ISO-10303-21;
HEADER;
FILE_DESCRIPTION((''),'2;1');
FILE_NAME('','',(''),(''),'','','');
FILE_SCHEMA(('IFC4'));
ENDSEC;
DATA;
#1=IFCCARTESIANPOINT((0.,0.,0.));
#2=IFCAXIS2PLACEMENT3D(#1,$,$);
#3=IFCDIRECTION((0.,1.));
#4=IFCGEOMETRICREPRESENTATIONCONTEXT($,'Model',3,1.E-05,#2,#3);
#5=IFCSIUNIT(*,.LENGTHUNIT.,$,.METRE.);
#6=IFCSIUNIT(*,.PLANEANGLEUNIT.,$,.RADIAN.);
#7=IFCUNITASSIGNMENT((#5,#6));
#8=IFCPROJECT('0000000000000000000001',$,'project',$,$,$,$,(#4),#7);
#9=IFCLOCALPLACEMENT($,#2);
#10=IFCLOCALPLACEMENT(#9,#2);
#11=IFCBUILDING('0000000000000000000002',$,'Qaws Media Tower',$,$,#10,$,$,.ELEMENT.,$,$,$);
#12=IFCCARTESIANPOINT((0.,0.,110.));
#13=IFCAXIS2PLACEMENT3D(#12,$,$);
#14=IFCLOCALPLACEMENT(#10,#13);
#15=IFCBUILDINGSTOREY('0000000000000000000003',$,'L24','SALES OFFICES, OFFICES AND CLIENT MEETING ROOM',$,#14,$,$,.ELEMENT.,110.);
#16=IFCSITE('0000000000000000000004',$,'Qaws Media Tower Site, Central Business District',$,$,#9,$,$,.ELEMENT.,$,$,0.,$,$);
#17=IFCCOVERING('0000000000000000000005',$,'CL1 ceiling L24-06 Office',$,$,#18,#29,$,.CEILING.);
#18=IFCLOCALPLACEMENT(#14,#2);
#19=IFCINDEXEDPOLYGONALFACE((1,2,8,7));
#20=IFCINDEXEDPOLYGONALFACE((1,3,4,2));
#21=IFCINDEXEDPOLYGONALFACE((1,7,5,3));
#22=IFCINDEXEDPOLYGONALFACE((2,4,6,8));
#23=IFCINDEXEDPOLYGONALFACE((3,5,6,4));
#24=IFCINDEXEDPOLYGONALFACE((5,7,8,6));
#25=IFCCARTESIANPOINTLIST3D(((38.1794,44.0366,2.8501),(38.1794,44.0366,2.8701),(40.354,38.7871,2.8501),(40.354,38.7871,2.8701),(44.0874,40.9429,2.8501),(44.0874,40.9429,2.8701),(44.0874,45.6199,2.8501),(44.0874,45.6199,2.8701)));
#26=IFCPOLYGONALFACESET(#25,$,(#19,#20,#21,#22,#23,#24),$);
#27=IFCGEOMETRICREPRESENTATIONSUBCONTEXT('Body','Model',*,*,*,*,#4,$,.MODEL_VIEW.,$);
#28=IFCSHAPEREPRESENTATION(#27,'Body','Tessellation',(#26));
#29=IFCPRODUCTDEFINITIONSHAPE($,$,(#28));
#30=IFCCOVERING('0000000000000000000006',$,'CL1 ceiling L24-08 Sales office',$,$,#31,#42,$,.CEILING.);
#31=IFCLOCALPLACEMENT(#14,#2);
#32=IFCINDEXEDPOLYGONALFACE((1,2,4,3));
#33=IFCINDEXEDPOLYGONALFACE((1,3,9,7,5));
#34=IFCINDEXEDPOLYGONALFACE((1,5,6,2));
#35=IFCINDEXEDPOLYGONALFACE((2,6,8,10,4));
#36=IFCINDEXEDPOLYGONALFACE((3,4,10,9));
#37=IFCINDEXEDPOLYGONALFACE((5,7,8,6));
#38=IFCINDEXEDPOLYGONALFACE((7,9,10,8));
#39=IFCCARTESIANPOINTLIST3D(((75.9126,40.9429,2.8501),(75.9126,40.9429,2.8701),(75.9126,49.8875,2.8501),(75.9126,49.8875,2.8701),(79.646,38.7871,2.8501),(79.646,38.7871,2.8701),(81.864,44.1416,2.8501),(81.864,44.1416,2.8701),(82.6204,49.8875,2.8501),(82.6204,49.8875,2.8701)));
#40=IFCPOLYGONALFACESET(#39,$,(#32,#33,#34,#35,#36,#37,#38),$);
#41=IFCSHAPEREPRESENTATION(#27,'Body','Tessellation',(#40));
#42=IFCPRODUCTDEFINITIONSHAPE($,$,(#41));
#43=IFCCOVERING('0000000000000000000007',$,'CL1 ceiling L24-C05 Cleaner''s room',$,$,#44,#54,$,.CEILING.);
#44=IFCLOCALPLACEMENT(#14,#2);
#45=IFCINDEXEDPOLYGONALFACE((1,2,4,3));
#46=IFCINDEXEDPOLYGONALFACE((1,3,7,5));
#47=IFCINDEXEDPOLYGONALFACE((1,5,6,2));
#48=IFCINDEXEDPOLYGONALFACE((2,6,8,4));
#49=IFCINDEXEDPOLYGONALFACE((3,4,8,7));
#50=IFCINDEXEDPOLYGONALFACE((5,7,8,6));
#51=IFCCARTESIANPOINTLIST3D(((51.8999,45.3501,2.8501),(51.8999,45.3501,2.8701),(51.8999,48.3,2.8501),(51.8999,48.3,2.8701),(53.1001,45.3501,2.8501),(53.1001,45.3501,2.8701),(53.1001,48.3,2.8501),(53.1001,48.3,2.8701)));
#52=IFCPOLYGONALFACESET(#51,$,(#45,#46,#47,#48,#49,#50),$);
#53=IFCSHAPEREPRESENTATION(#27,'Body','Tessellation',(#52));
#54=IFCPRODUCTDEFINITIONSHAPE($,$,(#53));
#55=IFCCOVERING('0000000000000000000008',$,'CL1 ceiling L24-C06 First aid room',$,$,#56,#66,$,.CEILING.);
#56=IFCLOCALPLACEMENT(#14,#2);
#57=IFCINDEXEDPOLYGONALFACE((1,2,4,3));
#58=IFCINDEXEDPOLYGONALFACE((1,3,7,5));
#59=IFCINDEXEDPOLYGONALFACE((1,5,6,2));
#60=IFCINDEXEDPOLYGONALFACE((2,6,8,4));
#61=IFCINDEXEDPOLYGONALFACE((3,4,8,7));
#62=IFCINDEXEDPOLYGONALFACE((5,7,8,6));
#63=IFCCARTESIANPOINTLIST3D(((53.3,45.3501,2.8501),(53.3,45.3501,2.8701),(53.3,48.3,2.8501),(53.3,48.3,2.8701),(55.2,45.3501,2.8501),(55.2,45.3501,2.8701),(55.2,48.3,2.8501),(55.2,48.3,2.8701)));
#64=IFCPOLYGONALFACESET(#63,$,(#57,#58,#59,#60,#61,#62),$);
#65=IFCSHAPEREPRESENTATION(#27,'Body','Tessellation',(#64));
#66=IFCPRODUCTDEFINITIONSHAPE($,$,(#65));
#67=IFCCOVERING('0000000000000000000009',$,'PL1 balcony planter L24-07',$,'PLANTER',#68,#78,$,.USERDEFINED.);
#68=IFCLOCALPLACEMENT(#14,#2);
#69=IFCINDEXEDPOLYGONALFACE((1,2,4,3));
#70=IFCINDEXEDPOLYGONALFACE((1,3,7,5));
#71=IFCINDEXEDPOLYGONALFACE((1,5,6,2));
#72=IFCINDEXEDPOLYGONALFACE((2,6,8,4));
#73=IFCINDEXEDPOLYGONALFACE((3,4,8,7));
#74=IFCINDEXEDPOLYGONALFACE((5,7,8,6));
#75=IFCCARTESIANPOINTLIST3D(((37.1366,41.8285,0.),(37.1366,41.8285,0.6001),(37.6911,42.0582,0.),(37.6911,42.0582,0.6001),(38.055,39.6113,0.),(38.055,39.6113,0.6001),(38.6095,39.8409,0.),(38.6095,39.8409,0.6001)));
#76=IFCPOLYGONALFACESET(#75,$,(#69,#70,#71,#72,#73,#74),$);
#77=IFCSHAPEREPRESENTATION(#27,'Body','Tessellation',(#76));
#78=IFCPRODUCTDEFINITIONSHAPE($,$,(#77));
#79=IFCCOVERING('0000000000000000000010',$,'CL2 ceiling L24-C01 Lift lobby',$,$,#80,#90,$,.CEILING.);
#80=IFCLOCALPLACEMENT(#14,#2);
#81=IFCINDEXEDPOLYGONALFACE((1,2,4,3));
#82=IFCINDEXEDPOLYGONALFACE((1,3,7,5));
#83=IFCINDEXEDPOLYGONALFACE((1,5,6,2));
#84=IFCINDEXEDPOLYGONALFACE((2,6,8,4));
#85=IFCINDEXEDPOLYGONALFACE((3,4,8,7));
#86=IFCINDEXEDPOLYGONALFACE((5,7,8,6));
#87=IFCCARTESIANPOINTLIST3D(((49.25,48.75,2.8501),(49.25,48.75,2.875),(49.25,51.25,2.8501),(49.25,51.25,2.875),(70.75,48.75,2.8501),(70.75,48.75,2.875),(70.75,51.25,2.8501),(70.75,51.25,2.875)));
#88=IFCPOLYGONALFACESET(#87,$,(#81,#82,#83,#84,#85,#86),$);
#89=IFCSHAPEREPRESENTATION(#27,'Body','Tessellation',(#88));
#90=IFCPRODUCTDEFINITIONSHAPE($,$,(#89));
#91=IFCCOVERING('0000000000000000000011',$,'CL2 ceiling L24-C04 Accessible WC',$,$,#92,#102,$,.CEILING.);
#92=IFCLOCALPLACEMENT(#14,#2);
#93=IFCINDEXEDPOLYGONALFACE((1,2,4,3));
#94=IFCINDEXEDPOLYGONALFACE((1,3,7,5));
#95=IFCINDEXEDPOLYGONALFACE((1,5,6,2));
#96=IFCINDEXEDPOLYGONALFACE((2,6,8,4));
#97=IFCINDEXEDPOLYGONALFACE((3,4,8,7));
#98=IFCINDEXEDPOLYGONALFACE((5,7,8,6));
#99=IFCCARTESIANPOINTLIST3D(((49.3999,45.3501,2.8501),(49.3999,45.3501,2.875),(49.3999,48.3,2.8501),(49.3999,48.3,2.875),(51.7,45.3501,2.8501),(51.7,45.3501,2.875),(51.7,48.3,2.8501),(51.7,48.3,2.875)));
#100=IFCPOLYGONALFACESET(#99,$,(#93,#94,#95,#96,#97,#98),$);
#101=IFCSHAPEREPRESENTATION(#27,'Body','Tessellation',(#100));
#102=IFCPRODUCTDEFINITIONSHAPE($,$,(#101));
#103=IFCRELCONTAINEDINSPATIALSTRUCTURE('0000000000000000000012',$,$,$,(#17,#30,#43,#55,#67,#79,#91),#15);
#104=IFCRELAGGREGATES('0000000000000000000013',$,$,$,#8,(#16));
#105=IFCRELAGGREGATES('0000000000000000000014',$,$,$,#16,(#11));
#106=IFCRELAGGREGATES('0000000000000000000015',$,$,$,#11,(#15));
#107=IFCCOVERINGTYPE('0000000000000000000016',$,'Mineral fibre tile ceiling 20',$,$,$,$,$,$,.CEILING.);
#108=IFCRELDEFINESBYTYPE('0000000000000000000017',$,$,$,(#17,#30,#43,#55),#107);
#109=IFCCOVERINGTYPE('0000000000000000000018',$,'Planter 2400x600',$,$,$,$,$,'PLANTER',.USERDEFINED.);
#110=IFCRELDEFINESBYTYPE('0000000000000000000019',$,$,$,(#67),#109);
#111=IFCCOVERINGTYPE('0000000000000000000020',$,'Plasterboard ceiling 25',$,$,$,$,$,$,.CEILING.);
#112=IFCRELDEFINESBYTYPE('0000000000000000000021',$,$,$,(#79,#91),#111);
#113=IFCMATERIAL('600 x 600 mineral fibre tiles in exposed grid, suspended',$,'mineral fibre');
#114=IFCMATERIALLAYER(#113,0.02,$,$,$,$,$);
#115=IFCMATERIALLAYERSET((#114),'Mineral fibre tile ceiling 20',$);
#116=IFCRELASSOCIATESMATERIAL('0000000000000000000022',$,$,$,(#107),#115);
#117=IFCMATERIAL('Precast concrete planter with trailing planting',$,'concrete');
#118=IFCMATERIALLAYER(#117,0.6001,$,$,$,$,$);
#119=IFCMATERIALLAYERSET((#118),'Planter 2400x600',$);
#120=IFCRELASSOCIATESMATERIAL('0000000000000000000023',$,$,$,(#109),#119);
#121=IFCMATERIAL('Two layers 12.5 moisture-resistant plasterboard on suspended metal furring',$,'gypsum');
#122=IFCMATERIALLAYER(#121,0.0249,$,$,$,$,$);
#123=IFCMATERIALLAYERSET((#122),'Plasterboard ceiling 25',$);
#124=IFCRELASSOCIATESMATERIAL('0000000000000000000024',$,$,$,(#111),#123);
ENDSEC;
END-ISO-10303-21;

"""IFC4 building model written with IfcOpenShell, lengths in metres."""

from ifc_helpers import new_model, si_unit, direction, frame, origin, origin_2d, place, context, subcontext, project, spatial, polyline, rectangle, outline, extrude, material, layer, layer_set, type_object, element, save


model = new_model("IFC4")

# Units and contexts
model_context = context("Model", 3, precision=1e-05, world=origin(), true_north=direction((0.0, 1.0)))
body_context = subcontext(model_context, "Body", "Model", "MODEL_VIEW")
ifc_project = project(units=[si_unit("LENGTHUNIT", "METRE"), si_unit("PLANEANGLEUNIT", "RADIAN")], contexts=[model_context])

# Site, building, storey
site_placement = place(None, origin())
site = spatial("IfcSite", under=ifc_project, at=site_placement, Name="Qaws Media Tower Site, Central Business District", CompositionType="ELEMENT", RefElevation=0.0)
building_placement = place(site_placement, origin())
building = spatial("IfcBuilding", under=site, at=building_placement, Name="Qaws Media Tower", CompositionType="ELEMENT")
storey_placement = place(building_placement, frame((0.0, 0.0, 110.0)))
storey = spatial("IfcBuildingStorey", under=building, at=storey_placement, Name="L24", Description="SALES OFFICES, OFFICES AND CLIENT MEETING ROOM", CompositionType="ELEMENT", Elevation=110.0)

# Coverings
ifc_material_1 = material(Name="600 x 600 mineral fibre tiles in exposed grid, suspended", Category="mineral fibre")
ifc_layer_1 = layer(ifc_material_1, 0.02)
ifc_layer_set_1 = layer_set([ifc_layer_1], Name="Mineral fibre tile ceiling 20")
covering_type_1 = type_object("IfcCoveringType", Name="Mineral fibre tile ceiling 20", PredefinedType="CEILING", material=ifc_layer_set_1)
covering_1_placement = place(storey_placement, frame((0.0, 0.0, 2.8501)))
element("IfcCovering", 1, at=covering_1_placement, inside=storey, type_object=covering_type_1, Name="CL1 ceiling L24-06 Office", PredefinedType="CEILING", context=body_context, shape_type="SweptSolid", body=[
    extrude(outline(polyline([(38.1794, 44.0366), (44.0874, 45.6199), (44.0874, 40.9429), (40.354, 38.7871), (38.1794, 44.0366)])), origin(), (0.0, 0.0, 1.0), 0.02),
])
covering_2_placement = place(storey_placement, frame((0.0, 0.0, 2.8501)))
element("IfcCovering", 2, at=covering_2_placement, inside=storey, type_object=covering_type_1, Name="CL1 ceiling L24-08 Sales office", PredefinedType="CEILING", context=body_context, shape_type="SweptSolid", body=[
    extrude(outline(polyline([(75.9126, 40.9429), (75.9126, 49.8875), (82.6204, 49.8875), (81.864, 44.1416), (79.646, 38.7871), (75.9126, 40.9429)])), origin(), (0.0, 0.0, 1.0), 0.02),
])
covering_3_placement = place(storey_placement, frame((0.0, 0.0, 2.8501)))
element("IfcCovering", 3, at=covering_3_placement, inside=storey, type_object=covering_type_1, Name="CL1 ceiling L24-C05 Cleaner's room", PredefinedType="CEILING", context=body_context, shape_type="SweptSolid", body=[
    extrude(outline(polyline([(51.8999, 45.3501), (51.8999, 48.3), (53.1001, 48.3), (53.1001, 45.3501), (51.8999, 45.3501)])), origin(), (0.0, 0.0, 1.0), 0.02),
])
covering_4_placement = place(storey_placement, frame((0.0, 0.0, 2.8501)))
element("IfcCovering", 4, at=covering_4_placement, inside=storey, type_object=covering_type_1, Name="CL1 ceiling L24-C06 First aid room", PredefinedType="CEILING", context=body_context, shape_type="SweptSolid", body=[
    extrude(outline(polyline([(53.3, 45.3501), (53.3, 48.3), (55.2, 48.3), (55.2, 45.3501), (53.3, 45.3501)])), origin(), (0.0, 0.0, 1.0), 0.02),
])
ifc_material_2 = material(Name="Precast concrete planter with trailing planting", Category="concrete")
ifc_layer_2 = layer(ifc_material_2, 0.6001)
ifc_layer_set_2 = layer_set([ifc_layer_2], Name="Planter 2400x600")
covering_type_2 = type_object("IfcCoveringType", Name="Planter 2400x600", ElementType="PLANTER", PredefinedType="USERDEFINED", material=ifc_layer_set_2)
covering_5_placement = place(storey_placement, frame((37.873, 40.8347, 0.0), z_axis=(0.0, 0.0, 1.0), x_axis=(0.382683, -0.92388, 0.0)))
element("IfcCovering", 5, at=covering_5_placement, inside=storey, type_object=covering_type_2, Name="PL1 balcony planter L24-07", ObjectType="PLANTER", PredefinedType="USERDEFINED", context=body_context, shape_type="SweptSolid", body=[
    extrude(rectangle(XDim=2.3999, YDim=0.6001, at=origin_2d()), origin(), (0.0, 0.0, 1.0), 0.6001),
])
ifc_material_3 = material(Name="Two layers 12.5 moisture-resistant plasterboard on suspended metal furring", Category="gypsum")
ifc_layer_3 = layer(ifc_material_3, 0.0249)
ifc_layer_set_3 = layer_set([ifc_layer_3], Name="Plasterboard ceiling 25")
covering_type_3 = type_object("IfcCoveringType", Name="Plasterboard ceiling 25", PredefinedType="CEILING", material=ifc_layer_set_3)
covering_6_placement = place(storey_placement, frame((0.0, 0.0, 2.8501)))
element("IfcCovering", 6, at=covering_6_placement, inside=storey, type_object=covering_type_3, Name="CL2 ceiling L24-C01 Lift lobby", PredefinedType="CEILING", context=body_context, shape_type="SweptSolid", body=[
    extrude(outline(polyline([(49.25, 48.75), (49.25, 51.25), (70.75, 51.25), (70.75, 48.75), (49.25, 48.75)])), origin(), (0.0, 0.0, 1.0), 0.0249),
])
covering_7_placement = place(storey_placement, frame((0.0, 0.0, 2.8501)))
element("IfcCovering", 7, at=covering_7_placement, inside=storey, type_object=covering_type_3, Name="CL2 ceiling L24-C04 Accessible WC", PredefinedType="CEILING", context=body_context, shape_type="SweptSolid", body=[
    extrude(outline(polyline([(49.3999, 45.3501), (49.3999, 48.3), (51.7, 48.3), (51.7, 45.3501), (49.3999, 45.3501)])), origin(), (0.0, 0.0, 1.0), 0.0249),
])

save(model, "model.ifc")
